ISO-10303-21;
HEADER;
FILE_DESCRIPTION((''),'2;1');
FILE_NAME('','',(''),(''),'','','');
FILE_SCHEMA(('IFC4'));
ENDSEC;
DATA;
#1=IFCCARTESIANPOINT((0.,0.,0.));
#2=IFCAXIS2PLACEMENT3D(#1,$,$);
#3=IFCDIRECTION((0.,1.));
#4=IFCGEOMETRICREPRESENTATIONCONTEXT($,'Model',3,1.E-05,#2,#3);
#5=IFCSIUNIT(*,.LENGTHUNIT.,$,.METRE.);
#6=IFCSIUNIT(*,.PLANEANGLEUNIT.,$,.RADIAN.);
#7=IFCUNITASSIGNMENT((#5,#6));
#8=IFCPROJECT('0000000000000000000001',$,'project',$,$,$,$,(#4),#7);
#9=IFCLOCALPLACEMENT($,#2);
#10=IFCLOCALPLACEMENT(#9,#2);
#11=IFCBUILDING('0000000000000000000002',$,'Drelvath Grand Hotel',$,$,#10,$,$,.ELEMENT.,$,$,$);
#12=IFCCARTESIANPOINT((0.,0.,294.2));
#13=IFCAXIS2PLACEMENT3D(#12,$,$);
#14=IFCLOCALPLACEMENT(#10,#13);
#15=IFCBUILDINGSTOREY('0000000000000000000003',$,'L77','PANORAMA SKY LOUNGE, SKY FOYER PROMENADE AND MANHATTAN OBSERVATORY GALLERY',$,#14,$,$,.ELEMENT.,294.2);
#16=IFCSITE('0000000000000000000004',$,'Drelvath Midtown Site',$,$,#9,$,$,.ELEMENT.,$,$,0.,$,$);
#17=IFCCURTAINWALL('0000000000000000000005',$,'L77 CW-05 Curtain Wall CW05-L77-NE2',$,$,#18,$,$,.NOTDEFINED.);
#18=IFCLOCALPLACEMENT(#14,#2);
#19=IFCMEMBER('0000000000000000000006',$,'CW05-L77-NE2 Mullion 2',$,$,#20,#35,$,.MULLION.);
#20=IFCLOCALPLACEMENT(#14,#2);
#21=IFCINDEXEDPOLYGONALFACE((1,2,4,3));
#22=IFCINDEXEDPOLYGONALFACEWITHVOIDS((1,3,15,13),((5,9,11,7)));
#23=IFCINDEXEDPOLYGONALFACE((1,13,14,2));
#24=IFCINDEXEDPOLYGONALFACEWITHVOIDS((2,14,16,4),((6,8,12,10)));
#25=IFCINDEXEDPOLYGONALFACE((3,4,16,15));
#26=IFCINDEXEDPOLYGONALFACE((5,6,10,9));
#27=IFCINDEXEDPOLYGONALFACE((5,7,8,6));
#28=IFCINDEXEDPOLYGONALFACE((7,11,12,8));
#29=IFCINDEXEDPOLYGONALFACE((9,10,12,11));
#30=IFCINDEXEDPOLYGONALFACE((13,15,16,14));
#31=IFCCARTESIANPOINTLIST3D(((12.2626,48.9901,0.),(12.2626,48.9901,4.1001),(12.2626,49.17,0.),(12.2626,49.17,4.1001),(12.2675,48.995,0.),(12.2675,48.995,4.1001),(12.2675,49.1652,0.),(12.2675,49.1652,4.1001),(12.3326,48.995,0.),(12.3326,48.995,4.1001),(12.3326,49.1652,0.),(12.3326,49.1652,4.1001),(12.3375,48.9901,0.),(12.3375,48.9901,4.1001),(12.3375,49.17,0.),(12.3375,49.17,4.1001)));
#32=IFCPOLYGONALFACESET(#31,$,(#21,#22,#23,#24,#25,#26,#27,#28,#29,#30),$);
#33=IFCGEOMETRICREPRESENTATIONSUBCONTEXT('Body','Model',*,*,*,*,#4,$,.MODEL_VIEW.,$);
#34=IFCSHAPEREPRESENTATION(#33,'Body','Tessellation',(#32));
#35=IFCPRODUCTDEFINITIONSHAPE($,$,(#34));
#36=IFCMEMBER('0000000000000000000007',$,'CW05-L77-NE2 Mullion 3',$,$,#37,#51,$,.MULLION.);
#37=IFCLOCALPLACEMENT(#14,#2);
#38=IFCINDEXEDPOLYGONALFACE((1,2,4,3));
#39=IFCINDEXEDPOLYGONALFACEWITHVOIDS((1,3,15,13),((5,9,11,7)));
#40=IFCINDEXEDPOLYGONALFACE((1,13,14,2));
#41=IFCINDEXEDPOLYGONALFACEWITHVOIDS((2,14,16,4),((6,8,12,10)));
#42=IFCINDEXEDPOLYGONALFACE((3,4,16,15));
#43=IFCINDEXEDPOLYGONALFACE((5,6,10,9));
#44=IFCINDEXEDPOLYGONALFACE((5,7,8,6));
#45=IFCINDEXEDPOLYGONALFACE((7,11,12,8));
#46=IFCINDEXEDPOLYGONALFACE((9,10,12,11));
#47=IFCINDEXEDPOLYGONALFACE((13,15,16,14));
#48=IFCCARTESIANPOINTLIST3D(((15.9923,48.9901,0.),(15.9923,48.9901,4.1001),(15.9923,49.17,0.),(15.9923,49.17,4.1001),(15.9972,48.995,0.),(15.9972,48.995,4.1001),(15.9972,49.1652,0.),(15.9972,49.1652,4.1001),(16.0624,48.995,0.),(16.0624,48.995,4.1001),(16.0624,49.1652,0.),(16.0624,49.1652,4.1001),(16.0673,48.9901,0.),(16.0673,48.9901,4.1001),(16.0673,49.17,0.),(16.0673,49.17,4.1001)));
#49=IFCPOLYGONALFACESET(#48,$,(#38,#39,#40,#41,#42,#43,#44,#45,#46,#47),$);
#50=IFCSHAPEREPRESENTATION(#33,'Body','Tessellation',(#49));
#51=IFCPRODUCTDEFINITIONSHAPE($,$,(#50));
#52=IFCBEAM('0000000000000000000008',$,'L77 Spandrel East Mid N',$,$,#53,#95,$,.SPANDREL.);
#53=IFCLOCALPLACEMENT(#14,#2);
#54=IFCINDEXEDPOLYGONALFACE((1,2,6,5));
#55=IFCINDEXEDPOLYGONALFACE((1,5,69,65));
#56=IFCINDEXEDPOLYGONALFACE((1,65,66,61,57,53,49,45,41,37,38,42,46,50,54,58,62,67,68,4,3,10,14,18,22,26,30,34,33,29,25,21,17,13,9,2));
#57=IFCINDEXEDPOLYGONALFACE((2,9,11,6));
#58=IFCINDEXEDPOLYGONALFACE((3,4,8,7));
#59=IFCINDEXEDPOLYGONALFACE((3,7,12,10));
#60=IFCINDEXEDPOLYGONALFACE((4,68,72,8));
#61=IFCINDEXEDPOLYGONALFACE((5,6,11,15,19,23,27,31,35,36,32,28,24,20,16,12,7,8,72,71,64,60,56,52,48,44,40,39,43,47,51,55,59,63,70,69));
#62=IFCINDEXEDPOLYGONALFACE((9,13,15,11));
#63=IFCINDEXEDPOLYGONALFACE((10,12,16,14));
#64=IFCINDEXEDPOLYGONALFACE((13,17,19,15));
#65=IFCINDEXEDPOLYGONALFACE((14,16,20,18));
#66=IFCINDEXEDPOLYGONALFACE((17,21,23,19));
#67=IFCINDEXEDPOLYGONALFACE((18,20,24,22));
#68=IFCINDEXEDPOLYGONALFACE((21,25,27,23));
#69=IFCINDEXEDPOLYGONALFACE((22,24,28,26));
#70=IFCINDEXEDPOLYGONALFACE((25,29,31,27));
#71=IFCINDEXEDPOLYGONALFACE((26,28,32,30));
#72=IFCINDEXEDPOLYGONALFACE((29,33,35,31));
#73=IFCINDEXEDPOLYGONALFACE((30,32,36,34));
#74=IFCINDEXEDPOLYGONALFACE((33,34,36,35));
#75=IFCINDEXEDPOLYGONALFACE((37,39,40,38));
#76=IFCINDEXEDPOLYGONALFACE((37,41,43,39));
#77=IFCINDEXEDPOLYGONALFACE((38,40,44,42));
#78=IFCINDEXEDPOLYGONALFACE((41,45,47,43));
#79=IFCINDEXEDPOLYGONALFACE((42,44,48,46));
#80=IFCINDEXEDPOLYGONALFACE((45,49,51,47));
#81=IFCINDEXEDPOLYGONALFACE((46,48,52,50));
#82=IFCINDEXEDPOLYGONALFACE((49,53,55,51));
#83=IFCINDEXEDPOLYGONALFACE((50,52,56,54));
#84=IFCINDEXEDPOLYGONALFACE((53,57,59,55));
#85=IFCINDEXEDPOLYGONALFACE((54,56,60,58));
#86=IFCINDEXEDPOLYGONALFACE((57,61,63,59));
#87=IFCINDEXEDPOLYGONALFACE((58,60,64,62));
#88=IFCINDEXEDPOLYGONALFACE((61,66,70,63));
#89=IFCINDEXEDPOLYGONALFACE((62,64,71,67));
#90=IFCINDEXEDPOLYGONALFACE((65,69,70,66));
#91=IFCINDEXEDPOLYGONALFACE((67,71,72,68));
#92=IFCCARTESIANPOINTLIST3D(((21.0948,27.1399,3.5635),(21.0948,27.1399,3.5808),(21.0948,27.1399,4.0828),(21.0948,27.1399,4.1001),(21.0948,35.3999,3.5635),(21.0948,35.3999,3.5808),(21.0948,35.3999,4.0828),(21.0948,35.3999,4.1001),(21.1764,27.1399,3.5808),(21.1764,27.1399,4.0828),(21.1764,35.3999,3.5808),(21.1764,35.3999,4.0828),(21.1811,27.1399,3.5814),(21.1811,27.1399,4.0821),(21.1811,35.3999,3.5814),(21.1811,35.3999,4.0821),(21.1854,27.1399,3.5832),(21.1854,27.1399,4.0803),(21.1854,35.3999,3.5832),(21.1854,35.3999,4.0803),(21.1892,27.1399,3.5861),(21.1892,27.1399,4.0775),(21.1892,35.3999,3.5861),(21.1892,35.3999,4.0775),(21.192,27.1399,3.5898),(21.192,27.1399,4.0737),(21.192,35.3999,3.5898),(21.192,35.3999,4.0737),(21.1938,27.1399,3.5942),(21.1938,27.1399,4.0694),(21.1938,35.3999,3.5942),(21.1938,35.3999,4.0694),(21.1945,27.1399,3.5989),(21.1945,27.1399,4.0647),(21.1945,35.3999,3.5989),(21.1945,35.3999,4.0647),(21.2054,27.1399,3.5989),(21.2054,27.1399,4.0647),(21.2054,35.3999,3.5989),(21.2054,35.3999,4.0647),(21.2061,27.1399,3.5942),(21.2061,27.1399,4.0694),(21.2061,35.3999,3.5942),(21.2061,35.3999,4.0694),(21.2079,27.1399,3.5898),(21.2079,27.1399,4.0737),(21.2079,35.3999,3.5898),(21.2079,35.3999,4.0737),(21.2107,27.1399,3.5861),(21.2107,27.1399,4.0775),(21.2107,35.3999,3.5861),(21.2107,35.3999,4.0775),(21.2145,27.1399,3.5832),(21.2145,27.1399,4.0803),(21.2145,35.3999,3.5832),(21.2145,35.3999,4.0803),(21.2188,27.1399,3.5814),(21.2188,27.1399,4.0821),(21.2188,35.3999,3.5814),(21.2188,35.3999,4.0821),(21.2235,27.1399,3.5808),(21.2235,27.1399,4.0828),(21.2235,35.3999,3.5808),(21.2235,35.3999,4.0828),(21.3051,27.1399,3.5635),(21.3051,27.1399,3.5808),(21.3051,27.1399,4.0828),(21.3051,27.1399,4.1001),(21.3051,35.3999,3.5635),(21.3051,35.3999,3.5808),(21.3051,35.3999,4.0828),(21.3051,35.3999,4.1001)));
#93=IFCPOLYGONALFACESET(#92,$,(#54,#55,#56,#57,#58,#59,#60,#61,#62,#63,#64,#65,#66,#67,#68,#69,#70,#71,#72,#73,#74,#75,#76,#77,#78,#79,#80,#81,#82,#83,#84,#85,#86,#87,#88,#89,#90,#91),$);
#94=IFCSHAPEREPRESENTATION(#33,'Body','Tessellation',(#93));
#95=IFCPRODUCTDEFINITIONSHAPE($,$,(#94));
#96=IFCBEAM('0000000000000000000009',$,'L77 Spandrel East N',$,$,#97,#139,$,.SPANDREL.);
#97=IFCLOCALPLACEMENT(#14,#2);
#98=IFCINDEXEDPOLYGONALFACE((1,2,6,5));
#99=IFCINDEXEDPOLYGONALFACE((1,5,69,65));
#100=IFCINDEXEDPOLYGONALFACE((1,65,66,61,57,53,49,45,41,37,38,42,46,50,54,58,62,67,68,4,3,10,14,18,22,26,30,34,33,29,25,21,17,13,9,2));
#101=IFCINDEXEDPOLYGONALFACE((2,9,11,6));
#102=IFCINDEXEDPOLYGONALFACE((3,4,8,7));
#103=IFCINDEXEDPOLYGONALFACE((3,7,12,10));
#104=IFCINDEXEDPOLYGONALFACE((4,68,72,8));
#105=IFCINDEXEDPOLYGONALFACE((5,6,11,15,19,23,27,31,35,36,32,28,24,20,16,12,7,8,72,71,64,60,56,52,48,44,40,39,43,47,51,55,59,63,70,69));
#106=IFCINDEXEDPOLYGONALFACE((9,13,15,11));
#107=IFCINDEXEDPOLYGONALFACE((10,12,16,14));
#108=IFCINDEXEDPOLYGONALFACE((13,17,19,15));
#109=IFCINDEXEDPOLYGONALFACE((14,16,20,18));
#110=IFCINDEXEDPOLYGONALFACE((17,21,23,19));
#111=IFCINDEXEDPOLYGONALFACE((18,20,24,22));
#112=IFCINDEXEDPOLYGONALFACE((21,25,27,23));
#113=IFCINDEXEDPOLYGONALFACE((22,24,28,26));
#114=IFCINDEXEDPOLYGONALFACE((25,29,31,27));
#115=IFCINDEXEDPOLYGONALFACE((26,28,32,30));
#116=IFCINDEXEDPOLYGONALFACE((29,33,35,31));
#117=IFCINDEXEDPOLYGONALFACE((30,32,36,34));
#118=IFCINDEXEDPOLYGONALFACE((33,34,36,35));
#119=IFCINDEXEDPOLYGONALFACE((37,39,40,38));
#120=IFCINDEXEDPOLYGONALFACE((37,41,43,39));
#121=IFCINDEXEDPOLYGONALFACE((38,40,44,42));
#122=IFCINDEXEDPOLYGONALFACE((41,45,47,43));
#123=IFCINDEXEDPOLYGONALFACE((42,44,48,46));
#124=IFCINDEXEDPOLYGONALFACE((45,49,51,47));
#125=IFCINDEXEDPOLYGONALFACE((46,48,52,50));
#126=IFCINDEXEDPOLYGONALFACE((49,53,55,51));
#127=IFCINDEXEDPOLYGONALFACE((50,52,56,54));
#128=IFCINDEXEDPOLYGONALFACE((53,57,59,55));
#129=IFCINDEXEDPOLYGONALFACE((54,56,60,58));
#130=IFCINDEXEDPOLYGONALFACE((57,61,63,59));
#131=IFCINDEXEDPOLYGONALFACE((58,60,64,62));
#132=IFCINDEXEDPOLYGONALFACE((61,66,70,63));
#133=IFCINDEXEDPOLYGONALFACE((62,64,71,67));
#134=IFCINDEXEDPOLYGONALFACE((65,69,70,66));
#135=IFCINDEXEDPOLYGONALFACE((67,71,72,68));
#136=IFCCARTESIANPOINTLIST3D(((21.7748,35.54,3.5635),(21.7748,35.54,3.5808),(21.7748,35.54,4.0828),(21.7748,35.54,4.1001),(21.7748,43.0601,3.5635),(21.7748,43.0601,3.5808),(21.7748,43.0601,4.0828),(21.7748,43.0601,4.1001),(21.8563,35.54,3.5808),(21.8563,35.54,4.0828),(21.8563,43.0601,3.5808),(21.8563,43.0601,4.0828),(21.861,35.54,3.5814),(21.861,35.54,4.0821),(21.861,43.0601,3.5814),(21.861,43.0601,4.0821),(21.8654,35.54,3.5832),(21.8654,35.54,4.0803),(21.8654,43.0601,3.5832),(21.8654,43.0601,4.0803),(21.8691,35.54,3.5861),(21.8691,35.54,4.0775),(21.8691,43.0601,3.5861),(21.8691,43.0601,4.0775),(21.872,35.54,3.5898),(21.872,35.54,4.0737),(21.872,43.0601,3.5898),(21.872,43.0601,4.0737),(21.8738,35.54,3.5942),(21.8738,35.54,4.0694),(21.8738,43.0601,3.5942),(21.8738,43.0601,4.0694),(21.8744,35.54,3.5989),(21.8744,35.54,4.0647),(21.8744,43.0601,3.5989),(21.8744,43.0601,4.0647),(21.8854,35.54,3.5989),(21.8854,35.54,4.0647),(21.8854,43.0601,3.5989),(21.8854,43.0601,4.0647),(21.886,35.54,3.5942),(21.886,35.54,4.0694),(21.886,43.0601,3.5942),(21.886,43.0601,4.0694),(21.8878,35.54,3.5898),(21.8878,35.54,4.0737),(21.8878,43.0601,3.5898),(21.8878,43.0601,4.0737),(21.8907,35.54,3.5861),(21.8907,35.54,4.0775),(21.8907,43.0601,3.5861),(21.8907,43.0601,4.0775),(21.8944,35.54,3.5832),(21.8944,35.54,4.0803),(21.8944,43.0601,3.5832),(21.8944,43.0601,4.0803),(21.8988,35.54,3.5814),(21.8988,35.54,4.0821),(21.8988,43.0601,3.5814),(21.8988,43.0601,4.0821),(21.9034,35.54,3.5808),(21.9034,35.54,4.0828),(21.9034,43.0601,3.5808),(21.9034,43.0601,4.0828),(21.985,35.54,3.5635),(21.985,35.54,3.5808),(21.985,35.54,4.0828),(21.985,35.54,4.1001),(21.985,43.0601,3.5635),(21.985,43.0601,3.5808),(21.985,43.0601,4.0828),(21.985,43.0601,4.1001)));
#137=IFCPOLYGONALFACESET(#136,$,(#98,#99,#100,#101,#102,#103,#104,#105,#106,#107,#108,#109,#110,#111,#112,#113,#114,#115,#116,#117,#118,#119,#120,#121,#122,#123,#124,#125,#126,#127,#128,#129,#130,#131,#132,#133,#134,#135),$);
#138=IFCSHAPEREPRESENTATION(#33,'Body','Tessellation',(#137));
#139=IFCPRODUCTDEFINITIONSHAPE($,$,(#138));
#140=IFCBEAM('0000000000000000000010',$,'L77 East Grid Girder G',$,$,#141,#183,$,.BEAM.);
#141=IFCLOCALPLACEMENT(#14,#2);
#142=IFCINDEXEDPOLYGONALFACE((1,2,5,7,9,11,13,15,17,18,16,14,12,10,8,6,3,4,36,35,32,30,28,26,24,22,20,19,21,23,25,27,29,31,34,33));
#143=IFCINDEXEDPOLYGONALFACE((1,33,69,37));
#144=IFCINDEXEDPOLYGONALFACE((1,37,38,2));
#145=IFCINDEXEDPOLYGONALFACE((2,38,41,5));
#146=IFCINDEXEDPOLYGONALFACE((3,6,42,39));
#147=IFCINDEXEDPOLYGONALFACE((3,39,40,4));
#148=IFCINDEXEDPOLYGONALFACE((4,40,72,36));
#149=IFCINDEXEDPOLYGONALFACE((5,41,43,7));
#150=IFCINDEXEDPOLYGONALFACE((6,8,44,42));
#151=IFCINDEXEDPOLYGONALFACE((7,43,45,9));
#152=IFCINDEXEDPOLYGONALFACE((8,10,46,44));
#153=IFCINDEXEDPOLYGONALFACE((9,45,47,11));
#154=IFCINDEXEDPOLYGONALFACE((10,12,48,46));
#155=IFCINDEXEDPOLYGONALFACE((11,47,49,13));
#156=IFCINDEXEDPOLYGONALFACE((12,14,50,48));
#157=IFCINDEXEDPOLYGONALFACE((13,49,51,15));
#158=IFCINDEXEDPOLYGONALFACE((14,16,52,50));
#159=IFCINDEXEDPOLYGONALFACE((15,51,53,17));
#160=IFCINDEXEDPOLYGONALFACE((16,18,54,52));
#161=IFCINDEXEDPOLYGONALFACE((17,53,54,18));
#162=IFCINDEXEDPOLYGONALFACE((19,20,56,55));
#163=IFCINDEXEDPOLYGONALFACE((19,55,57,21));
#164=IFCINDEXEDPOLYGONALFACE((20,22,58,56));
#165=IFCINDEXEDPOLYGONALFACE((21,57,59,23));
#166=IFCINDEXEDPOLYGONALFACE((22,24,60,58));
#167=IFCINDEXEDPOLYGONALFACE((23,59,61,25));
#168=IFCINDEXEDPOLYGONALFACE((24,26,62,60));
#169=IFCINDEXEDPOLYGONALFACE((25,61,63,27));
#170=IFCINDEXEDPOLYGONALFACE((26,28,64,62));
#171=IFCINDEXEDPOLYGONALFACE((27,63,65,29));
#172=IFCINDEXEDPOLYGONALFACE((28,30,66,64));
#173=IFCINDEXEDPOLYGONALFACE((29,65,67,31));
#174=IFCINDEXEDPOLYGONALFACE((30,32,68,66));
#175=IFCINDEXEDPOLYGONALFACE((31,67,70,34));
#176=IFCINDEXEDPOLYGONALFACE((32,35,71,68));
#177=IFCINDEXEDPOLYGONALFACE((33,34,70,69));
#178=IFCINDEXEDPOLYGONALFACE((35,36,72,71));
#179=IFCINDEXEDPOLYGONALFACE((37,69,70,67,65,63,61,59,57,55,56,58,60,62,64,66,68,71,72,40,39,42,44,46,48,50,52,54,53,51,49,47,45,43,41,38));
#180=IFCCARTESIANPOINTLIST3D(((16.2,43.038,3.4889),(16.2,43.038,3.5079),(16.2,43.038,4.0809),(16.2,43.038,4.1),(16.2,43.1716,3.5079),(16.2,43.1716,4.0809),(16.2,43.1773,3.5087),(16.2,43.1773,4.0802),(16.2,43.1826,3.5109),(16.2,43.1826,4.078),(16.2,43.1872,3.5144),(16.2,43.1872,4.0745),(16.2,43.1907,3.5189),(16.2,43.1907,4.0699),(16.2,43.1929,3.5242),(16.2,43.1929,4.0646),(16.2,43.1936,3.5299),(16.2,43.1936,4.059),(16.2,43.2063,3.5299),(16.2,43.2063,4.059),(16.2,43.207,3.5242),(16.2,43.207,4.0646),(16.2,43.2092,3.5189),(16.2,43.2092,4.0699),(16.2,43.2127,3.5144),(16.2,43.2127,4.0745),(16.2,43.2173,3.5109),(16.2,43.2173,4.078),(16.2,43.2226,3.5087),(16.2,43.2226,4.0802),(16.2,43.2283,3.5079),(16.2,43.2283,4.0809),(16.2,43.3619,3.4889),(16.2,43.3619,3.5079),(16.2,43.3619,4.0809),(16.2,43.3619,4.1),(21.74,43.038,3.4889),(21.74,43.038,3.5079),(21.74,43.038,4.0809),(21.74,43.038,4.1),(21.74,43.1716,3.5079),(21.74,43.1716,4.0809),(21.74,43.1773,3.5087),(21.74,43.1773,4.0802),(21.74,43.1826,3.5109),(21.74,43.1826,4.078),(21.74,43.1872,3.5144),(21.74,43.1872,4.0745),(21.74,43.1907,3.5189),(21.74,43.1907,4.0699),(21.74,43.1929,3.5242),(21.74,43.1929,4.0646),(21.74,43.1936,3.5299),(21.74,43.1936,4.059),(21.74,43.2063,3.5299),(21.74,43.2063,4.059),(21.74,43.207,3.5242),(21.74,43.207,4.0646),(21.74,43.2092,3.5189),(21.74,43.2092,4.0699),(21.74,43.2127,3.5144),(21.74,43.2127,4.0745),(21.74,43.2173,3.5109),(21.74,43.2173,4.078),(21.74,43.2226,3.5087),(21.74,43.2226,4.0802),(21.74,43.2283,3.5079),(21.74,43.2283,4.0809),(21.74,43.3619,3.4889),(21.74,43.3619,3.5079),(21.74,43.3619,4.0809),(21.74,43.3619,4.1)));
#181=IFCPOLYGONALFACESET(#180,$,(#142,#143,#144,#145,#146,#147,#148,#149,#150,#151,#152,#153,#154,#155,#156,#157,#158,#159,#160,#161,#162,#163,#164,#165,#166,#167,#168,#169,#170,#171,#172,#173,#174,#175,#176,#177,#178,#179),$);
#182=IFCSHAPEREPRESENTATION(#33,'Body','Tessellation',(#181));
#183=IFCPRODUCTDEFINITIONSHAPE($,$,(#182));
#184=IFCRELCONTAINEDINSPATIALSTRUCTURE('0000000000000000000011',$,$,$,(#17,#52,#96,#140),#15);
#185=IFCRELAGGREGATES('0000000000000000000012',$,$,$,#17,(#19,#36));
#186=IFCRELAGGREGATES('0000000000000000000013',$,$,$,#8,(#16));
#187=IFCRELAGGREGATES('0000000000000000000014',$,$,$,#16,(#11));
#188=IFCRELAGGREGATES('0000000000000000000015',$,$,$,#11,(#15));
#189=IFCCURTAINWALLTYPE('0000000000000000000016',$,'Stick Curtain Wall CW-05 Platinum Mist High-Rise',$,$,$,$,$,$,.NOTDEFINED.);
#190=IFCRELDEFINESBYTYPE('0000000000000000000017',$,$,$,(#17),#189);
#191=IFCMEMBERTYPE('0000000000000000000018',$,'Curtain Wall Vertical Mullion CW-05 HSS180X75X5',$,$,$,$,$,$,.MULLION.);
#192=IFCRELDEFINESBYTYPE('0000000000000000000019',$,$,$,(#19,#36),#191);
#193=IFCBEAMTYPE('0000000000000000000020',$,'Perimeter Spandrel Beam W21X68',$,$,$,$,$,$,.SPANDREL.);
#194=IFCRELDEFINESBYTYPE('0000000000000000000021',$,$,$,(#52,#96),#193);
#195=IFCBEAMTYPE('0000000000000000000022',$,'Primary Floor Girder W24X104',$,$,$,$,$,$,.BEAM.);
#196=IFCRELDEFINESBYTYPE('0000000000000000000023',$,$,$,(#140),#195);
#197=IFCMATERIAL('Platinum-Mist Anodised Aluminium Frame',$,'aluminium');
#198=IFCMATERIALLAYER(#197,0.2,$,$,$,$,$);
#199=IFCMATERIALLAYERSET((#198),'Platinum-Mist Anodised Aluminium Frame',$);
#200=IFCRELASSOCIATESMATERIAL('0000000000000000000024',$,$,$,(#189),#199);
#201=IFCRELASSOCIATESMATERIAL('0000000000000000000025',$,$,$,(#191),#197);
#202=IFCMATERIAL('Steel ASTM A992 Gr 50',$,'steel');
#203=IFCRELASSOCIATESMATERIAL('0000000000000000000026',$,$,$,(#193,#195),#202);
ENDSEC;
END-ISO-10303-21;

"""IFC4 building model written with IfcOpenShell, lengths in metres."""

from ifc_helpers import new_model, si_unit, direction, frame, origin, origin_2d, place, context, subcontext, project, spatial, hollow_rectangle, i_section, extrude, material, layer, layer_set, material_profile, profile_set, type_object, element, aggregate, save


model = new_model("IFC4")

# Units and contexts
model_context = context("Model", 3, precision=1e-05, world=origin(), true_north=direction((0.0, 1.0)))
body_context = subcontext(model_context, "Body", "Model", "MODEL_VIEW")
ifc_project = project(units=[si_unit("LENGTHUNIT", "METRE"), si_unit("PLANEANGLEUNIT", "RADIAN")], contexts=[model_context])

# Site, building, storey
site_placement = place(None, origin())
site = spatial("IfcSite", under=ifc_project, at=site_placement, Name="Drelvath Midtown Site", CompositionType="ELEMENT", RefElevation=0.0)
building_placement = place(site_placement, origin())
building = spatial("IfcBuilding", under=site, at=building_placement, Name="Drelvath Grand Hotel", CompositionType="ELEMENT")
storey_placement = place(building_placement, frame((0.0, 0.0, 294.2)))
storey = spatial("IfcBuildingStorey", under=building, at=storey_placement, Name="L77", Description="PANORAMA SKY LOUNGE, SKY FOYER PROMENADE AND MANHATTAN OBSERVATORY GALLERY", CompositionType="ELEMENT", Elevation=294.2)

# Shared definitions
ifc_material_1 = material(Name="Platinum-Mist Anodised Aluminium Frame", Category="aluminium")
ifc_layer_1 = layer(ifc_material_1, 0.2)
ifc_layer_set_1 = layer_set([ifc_layer_1], Name="Platinum-Mist Anodised Aluminium Frame")
curtain_wall_type = type_object("IfcCurtainWallType", Name="Stick Curtain Wall CW-05 Platinum Mist High-Rise", PredefinedType="NOTDEFINED", material=ifc_layer_set_1)

# Shared definitions
ifc_material_profile_1 = material_profile(ifc_material_1, hollow_rectangle(XDim=0.075, YDim=0.1799, WallThickness=0.0049, at=origin_2d()), Name="HSS180X75X5")
ifc_profile_set_1 = profile_set([ifc_material_profile_1], Name="Platinum-Mist Anodised Aluminium Frame")
member_type_1 = type_object("IfcMemberType", Name="Curtain Wall Vertical Mullion CW-05 HSS180X75X5", PredefinedType="MULLION", material=ifc_profile_set_1)

# Curtain wall, members
curtain_wall_1_placement = place(storey_placement, origin())
curtain_wall_1 = element("IfcCurtainWall", 1, at=curtain_wall_1_placement, inside=storey, type_object=curtain_wall_type, Name="L77 CW-05 Curtain Wall CW05-L77-NE2", PredefinedType="NOTDEFINED")
member_1_placement = place(storey_placement, frame((12.3, 49.0801, 0.0), z_axis=(0.0, 0.0, 1.0), x_axis=(1.0, 0.0, 0.0)))
member_1 = element("IfcMember", 2, at=member_1_placement, type_object=member_type_1, Name="CW05-L77-NE2 Mullion 2", PredefinedType="MULLION", context=body_context, shape_type="SweptSolid", body=[
    extrude(hollow_rectangle(XDim=0.075, YDim=0.1799, WallThickness=0.0049, at=origin_2d()), origin(), (0.0, 0.0, 1.0), 4.1001),
])
member_2_placement = place(storey_placement, frame((16.0298, 49.0801, 0.0), z_axis=(0.0, 0.0, 1.0), x_axis=(1.0, 0.0, 0.0)))
member_2 = element("IfcMember", 3, at=member_2_placement, type_object=member_type_1, Name="CW05-L77-NE2 Mullion 3", PredefinedType="MULLION", context=body_context, shape_type="SweptSolid", body=[
    extrude(hollow_rectangle(XDim=0.075, YDim=0.1799, WallThickness=0.0049, at=origin_2d()), origin(), (0.0, 0.0, 1.0), 4.1001),
])

# Beams
ifc_material_2 = material(Name="Steel ASTM A992 Gr 50", Category="steel")
ifc_material_profile_2 = material_profile(ifc_material_2, i_section(OverallWidth=0.2102, OverallDepth=0.5366, WebThickness=0.011, FlangeThickness=0.0173, FilletRadius=0.0181, at=origin_2d()), Name="W21X68")
ifc_profile_set_2 = profile_set([ifc_material_profile_2], Name="Steel ASTM A992 Gr 50")
beam_type_1 = type_object("IfcBeamType", Name="Perimeter Spandrel Beam W21X68", PredefinedType="SPANDREL", material=ifc_profile_set_2)
beam_1_placement = place(storey_placement, frame((21.2, 27.1399, 3.8318), z_axis=(0.0, 1.0, 0.0), x_axis=(-1.0, 0.0, 0.0)))
element("IfcBeam", 4, at=beam_1_placement, inside=storey, type_object=beam_type_1, Name="L77 Spandrel East Mid N", PredefinedType="SPANDREL", context=body_context, shape_type="SweptSolid", body=[
    extrude(i_section(OverallWidth=0.2102, OverallDepth=0.5366, WebThickness=0.011, FlangeThickness=0.0173, FilletRadius=0.0181, at=origin_2d()), origin(), (0.0, 0.0, 1.0), 8.26),
])
beam_2_placement = place(storey_placement, frame((21.8799, 35.54, 3.8318), z_axis=(0.0, 1.0, 0.0), x_axis=(-1.0, 0.0, 0.0)))
element("IfcBeam", 5, at=beam_2_placement, inside=storey, type_object=beam_type_1, Name="L77 Spandrel East N", PredefinedType="SPANDREL", context=body_context, shape_type="SweptSolid", body=[
    extrude(i_section(OverallWidth=0.2102, OverallDepth=0.5366, WebThickness=0.011, FlangeThickness=0.0173, FilletRadius=0.0181, at=origin_2d()), origin(), (0.0, 0.0, 1.0), 7.52),
])
ifc_material_profile_3 = material_profile(ifc_material_2, i_section(OverallWidth=0.324, OverallDepth=0.6111, WebThickness=0.0127, FlangeThickness=0.019, FilletRadius=0.022, at=origin_2d()), Name="W24X104")
ifc_profile_set_3 = profile_set([ifc_material_profile_3], Name="Steel ASTM A992 Gr 50")
beam_type_2 = type_object("IfcBeamType", Name="Primary Floor Girder W24X104", PredefinedType="BEAM", material=ifc_profile_set_3)
beam_3_placement = place(storey_placement, frame((16.2, 43.2, 3.7944), z_axis=(1.0, 0.0, 0.0), x_axis=(0.0, 1.0, 0.0)))
element("IfcBeam", 6, at=beam_3_placement, inside=storey, type_object=beam_type_2, Name="L77 East Grid Girder G", PredefinedType="BEAM", context=body_context, shape_type="SweptSolid", body=[
    extrude(i_section(OverallWidth=0.324, OverallDepth=0.6111, WebThickness=0.0127, FlangeThickness=0.019, FilletRadius=0.022, at=origin_2d()), origin(), (0.0, 0.0, 1.0), 5.54),
])

aggregate(curtain_wall_1, [member_1, member_2])

save(model, "model.ifc")
